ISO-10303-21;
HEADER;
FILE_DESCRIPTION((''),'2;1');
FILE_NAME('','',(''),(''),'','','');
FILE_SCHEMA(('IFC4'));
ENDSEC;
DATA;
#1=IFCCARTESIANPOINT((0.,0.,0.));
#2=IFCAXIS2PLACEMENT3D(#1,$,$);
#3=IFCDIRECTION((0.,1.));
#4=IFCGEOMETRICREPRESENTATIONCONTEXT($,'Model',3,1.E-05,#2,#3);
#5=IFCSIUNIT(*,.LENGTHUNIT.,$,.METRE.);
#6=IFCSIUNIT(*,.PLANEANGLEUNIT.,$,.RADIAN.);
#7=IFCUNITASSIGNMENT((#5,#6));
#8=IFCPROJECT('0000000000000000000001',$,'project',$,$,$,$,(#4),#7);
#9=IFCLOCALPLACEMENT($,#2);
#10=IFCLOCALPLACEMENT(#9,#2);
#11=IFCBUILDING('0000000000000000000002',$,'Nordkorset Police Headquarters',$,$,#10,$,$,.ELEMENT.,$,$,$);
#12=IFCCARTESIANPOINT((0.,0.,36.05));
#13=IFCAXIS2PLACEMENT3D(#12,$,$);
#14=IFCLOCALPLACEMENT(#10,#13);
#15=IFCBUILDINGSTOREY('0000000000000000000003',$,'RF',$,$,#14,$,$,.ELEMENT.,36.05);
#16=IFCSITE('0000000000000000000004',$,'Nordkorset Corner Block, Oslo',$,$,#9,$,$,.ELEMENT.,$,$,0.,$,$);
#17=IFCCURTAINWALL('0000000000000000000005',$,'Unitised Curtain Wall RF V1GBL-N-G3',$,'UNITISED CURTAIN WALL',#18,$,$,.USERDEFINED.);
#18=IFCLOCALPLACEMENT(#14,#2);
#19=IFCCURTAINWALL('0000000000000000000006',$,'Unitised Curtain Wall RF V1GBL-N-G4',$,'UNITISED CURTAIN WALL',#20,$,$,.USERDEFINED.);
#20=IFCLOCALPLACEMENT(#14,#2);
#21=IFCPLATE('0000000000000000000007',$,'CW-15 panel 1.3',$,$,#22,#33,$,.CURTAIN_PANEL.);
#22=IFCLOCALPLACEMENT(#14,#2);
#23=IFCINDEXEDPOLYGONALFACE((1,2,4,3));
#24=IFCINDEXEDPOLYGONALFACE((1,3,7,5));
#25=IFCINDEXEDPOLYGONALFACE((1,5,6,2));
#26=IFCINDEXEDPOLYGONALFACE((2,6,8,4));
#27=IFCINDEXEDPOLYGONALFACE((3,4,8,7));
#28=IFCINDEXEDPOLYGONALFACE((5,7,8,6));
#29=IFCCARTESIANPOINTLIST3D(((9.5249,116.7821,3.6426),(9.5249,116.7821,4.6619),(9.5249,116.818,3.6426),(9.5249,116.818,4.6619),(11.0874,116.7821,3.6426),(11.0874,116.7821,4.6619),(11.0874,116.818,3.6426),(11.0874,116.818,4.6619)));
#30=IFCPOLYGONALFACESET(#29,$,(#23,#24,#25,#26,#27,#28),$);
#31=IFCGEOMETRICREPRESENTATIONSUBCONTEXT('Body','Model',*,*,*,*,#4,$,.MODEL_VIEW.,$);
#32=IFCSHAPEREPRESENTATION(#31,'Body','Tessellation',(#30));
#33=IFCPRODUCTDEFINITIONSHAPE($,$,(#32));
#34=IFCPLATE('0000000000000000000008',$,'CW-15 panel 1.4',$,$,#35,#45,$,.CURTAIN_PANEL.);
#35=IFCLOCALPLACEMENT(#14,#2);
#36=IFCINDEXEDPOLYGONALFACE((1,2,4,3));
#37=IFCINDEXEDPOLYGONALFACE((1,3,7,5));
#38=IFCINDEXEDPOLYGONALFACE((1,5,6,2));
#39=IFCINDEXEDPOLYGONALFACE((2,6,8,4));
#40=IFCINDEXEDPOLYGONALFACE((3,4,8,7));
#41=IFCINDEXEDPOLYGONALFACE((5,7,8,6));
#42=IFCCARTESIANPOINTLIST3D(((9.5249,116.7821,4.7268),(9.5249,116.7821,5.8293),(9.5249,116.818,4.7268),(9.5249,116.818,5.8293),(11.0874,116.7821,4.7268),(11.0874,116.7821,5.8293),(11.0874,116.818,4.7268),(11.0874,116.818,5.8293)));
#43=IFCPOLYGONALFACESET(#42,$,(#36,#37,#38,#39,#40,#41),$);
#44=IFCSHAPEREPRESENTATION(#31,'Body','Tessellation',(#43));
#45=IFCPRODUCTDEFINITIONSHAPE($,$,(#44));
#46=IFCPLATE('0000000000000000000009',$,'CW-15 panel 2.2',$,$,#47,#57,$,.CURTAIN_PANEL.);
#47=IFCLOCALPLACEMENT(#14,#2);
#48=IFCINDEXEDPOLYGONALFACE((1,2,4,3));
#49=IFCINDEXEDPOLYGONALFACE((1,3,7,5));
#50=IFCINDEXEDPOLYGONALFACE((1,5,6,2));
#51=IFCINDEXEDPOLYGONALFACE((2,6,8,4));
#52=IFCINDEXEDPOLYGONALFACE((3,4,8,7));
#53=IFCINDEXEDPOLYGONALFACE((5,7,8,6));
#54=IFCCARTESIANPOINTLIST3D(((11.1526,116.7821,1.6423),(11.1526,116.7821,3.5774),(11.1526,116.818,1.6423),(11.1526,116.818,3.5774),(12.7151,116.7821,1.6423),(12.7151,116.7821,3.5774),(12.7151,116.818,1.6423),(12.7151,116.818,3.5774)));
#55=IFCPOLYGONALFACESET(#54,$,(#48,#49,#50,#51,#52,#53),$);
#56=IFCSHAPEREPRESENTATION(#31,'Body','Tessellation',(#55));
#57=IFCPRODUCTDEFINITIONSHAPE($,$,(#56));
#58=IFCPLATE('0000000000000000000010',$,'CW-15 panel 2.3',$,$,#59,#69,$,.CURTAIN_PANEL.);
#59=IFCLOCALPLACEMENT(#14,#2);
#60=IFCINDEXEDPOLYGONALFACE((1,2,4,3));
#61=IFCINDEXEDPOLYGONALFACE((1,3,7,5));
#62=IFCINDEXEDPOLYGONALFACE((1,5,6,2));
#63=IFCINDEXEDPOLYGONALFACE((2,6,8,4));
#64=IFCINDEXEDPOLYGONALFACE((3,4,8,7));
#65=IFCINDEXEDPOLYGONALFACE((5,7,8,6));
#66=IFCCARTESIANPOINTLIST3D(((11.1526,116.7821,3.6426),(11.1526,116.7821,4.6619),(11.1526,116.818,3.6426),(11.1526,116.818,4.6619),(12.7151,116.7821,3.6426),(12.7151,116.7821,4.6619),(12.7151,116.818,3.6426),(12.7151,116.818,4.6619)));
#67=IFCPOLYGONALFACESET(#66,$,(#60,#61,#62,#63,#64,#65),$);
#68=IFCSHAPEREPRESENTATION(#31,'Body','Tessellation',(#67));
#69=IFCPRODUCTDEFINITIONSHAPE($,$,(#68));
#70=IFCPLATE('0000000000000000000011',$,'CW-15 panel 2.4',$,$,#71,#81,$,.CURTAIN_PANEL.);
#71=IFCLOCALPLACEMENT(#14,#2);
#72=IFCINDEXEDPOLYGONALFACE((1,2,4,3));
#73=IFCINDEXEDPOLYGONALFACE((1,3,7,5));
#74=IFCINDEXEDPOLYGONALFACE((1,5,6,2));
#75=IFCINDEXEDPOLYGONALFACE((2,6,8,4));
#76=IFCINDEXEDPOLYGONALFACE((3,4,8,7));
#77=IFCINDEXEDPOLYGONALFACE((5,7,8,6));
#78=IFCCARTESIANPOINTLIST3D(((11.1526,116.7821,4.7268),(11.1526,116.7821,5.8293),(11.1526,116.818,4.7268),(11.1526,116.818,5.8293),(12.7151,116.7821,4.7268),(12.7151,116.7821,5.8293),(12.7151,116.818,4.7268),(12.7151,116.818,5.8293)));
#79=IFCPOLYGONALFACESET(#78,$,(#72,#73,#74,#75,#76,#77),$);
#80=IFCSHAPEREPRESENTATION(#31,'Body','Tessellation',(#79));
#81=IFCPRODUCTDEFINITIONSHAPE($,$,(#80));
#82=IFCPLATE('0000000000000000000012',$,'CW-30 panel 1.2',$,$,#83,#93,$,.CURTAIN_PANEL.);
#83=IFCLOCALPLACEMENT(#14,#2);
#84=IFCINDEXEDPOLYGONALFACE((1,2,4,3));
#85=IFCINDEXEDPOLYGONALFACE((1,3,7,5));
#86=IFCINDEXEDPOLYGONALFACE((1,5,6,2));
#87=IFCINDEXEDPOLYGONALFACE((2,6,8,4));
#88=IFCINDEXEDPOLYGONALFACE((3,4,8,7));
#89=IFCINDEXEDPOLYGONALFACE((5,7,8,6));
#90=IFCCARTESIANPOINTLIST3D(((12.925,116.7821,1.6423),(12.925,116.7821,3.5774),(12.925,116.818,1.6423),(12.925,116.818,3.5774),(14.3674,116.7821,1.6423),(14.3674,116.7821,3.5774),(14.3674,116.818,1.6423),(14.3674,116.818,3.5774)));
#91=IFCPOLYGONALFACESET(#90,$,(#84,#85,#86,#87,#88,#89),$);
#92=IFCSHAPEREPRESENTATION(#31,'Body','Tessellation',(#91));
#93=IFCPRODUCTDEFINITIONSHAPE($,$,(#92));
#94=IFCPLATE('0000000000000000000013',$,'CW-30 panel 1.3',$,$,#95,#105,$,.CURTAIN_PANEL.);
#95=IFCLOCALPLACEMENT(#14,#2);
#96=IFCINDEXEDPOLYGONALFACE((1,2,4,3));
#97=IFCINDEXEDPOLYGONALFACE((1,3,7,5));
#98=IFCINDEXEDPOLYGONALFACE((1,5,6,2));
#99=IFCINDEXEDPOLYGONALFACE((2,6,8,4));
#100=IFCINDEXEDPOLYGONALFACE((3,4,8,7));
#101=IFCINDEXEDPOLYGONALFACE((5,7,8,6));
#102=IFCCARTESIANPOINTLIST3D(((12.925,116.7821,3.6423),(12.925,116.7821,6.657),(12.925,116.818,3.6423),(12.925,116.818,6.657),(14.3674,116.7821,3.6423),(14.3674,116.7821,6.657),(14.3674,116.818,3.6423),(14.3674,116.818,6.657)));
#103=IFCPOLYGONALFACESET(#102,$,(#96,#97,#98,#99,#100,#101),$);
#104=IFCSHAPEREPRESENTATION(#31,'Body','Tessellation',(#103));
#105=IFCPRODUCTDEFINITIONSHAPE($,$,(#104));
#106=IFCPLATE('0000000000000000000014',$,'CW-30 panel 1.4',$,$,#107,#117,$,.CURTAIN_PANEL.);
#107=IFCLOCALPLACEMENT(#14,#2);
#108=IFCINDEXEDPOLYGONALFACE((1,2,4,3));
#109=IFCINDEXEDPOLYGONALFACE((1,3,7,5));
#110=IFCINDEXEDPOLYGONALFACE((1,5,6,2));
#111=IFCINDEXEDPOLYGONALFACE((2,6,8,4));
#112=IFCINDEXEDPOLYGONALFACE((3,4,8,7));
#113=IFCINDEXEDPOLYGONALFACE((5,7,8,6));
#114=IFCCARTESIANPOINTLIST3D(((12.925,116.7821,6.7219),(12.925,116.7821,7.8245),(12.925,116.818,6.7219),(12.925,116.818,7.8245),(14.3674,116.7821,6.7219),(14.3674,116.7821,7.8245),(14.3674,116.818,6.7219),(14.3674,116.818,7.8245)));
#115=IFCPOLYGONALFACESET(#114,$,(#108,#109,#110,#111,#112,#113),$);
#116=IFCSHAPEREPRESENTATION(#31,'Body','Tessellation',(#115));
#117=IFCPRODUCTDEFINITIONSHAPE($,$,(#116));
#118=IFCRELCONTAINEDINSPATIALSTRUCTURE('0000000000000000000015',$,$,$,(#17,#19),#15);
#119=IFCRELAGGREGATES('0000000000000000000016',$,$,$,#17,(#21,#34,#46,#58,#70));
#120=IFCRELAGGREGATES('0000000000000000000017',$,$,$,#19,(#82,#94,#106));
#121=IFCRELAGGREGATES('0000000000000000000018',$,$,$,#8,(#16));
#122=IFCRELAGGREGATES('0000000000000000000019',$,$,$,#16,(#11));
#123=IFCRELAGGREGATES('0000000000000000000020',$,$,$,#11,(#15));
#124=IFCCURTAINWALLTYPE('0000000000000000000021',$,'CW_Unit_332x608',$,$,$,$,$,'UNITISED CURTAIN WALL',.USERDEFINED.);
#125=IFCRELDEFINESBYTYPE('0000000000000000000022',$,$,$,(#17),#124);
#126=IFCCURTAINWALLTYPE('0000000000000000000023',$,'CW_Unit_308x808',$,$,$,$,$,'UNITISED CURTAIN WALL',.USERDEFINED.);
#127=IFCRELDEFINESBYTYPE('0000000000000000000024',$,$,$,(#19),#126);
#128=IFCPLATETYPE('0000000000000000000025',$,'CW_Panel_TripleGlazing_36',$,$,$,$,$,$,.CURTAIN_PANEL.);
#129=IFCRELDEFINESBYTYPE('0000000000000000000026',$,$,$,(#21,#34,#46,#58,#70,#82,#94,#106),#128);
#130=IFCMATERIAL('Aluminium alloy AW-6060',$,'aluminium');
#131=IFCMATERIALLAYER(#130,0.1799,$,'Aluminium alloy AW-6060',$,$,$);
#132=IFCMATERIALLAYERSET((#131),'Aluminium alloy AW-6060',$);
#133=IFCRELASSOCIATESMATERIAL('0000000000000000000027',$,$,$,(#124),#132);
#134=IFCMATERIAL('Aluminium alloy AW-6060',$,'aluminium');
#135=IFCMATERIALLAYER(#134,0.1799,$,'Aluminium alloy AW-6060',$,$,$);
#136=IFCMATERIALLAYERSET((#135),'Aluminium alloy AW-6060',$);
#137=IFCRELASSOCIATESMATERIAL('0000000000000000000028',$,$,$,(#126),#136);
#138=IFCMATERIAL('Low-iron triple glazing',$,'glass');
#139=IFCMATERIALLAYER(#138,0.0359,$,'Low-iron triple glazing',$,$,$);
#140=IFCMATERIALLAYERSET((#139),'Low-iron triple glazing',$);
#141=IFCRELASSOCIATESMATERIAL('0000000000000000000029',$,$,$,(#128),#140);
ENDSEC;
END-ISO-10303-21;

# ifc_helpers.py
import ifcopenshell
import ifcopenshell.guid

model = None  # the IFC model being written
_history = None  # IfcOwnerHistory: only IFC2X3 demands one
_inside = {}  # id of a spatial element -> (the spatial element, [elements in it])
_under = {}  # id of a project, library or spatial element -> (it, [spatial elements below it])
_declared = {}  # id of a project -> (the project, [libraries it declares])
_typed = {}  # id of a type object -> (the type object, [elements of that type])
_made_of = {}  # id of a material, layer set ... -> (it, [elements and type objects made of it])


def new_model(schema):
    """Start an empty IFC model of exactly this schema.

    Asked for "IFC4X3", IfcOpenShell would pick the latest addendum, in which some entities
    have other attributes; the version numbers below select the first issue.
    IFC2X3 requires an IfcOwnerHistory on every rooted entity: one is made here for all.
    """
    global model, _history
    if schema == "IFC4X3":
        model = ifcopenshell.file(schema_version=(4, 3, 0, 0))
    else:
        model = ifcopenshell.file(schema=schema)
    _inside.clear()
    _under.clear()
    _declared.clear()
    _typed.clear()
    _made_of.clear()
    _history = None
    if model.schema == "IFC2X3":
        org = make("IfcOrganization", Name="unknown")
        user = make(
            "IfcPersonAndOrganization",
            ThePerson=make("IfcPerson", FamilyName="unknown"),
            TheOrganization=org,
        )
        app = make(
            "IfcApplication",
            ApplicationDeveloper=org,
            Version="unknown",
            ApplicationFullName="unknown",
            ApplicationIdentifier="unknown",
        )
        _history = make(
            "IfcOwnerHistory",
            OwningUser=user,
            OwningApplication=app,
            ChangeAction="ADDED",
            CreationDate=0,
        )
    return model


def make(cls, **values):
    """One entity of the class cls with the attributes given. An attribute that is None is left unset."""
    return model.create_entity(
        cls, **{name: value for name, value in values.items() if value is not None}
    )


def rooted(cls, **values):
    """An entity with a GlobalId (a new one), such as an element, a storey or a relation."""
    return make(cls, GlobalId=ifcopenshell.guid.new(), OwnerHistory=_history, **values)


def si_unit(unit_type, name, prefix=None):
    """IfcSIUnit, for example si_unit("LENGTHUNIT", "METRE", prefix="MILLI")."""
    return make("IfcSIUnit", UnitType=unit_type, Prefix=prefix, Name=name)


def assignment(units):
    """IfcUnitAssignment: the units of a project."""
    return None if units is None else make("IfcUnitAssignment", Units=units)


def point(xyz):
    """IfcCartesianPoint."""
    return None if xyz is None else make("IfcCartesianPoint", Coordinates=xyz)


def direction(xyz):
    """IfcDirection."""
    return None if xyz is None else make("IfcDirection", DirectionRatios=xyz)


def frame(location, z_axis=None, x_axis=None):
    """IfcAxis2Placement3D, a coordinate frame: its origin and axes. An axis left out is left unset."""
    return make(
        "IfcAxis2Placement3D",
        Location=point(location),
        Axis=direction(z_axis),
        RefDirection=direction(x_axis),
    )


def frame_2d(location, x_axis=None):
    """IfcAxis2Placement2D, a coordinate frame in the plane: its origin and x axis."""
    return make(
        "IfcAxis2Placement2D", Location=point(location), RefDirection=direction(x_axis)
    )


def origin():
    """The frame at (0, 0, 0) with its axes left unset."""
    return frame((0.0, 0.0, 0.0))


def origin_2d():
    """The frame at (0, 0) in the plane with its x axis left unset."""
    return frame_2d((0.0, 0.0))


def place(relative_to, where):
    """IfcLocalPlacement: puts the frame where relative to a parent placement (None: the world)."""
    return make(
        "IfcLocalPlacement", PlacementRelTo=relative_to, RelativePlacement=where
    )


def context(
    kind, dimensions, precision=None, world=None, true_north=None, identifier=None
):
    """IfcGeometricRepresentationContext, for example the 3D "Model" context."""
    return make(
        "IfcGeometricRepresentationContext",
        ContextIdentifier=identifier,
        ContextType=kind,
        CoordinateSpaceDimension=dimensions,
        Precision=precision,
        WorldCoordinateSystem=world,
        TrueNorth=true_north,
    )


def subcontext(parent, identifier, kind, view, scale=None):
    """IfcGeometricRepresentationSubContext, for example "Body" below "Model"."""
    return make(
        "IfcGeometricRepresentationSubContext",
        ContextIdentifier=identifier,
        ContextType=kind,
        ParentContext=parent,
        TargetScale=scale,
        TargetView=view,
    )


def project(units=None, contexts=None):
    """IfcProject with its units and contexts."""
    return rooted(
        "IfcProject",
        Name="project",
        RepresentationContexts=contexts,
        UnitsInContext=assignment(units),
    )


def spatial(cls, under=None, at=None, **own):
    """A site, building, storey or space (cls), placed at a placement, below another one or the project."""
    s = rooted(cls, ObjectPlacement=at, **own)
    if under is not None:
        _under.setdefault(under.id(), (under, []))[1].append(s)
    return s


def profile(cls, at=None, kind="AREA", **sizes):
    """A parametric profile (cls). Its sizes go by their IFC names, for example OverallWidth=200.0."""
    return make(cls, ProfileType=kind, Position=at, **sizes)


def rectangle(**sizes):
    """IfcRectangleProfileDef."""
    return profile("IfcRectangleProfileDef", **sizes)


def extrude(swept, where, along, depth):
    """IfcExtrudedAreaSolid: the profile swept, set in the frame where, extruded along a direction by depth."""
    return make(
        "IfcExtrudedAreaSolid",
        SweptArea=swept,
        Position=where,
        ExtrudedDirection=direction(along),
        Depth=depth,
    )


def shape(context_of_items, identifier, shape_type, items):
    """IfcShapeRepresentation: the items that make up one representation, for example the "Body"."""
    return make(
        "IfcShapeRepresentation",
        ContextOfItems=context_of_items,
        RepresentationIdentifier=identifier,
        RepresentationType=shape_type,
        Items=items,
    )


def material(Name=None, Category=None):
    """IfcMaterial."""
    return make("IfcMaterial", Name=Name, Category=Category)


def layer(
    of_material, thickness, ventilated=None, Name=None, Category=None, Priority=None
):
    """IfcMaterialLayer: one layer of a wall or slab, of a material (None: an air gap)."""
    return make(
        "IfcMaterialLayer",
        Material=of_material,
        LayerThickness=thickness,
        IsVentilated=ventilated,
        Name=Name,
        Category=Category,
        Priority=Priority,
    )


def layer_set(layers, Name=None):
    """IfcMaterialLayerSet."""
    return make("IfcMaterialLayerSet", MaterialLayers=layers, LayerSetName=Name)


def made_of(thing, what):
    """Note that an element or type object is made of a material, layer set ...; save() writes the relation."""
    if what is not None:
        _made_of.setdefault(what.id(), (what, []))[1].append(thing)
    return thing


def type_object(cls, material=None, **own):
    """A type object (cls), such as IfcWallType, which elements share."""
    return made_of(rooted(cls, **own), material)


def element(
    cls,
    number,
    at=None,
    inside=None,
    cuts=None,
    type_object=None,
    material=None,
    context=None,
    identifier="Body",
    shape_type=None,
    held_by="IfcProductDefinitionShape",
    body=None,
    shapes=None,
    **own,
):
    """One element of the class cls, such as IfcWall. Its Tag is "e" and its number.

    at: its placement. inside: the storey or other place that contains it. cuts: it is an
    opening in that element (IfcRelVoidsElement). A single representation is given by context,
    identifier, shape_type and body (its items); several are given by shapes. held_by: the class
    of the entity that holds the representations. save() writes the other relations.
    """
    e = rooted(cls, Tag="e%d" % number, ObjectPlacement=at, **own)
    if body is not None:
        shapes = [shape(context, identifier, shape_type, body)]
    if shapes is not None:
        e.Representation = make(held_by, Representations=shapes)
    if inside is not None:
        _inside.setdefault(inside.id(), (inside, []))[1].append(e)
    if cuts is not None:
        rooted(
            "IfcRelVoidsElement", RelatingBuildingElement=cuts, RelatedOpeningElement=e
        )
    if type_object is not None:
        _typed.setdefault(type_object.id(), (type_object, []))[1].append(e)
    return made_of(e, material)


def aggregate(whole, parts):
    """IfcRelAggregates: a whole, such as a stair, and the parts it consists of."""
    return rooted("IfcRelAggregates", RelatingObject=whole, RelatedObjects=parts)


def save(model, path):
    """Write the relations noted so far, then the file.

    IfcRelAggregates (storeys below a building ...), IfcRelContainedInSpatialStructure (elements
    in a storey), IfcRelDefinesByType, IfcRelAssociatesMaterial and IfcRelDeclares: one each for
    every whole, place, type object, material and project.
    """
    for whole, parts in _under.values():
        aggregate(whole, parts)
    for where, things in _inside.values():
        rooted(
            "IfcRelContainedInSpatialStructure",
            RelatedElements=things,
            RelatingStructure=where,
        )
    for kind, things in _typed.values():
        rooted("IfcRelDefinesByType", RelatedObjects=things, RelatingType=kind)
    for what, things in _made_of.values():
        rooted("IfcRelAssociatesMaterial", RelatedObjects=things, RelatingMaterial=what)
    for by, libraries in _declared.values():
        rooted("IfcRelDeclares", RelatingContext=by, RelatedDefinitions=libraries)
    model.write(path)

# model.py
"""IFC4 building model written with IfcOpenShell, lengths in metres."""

from ifc_helpers import new_model, si_unit, direction, frame, origin, origin_2d, place, context, subcontext, project, spatial, rectangle, extrude, material, layer, layer_set, type_object, element, aggregate, save


model = new_model("IFC4")

# Units and contexts
model_context = context("Model", 3, precision=1e-05, world=origin(), true_north=direction((0.0, 1.0)))
body_context = subcontext(model_context, "Body", "Model", "MODEL_VIEW")
ifc_project = project(units=[si_unit("LENGTHUNIT", "METRE"), si_unit("PLANEANGLEUNIT", "RADIAN")], contexts=[model_context])

# Site, building, storey
site_placement = place(None, origin())
site = spatial("IfcSite", under=ifc_project, at=site_placement, Name="Nordkorset Corner Block, Oslo", CompositionType="ELEMENT", RefElevation=0.0)
building_placement = place(site_placement, origin())
building = spatial("IfcBuilding", under=site, at=building_placement, Name="Nordkorset Police Headquarters", CompositionType="ELEMENT")
storey_placement = place(building_placement, frame((0.0, 0.0, 36.05)))
storey = spatial("IfcBuildingStorey", under=building, at=storey_placement, Name="RF", CompositionType="ELEMENT", Elevation=36.05)

# Curtain walls
ifc_material_1 = material(Name="Aluminium alloy AW-6060", Category="aluminium")
ifc_layer_1 = layer(ifc_material_1, 0.1799, Name="Aluminium alloy AW-6060")
ifc_layer_set_1 = layer_set([ifc_layer_1], Name="Aluminium alloy AW-6060")
curtain_wall_type_1 = type_object("IfcCurtainWallType", Name="CW_Unit_332x608", ElementType="UNITISED CURTAIN WALL", PredefinedType="USERDEFINED", material=ifc_layer_set_1)
curtain_wall_1_placement = place(storey_placement, origin())
curtain_wall_1 = element("IfcCurtainWall", 1, at=curtain_wall_1_placement, inside=storey, type_object=curtain_wall_type_1, Name="Unitised Curtain Wall RF V1GBL-N-G3", ObjectType="UNITISED CURTAIN WALL", PredefinedType="USERDEFINED")
ifc_material_2 = material(Name="Aluminium alloy AW-6060", Category="aluminium")
ifc_layer_2 = layer(ifc_material_2, 0.1799, Name="Aluminium alloy AW-6060")
ifc_layer_set_2 = layer_set([ifc_layer_2], Name="Aluminium alloy AW-6060")
curtain_wall_type_2 = type_object("IfcCurtainWallType", Name="CW_Unit_308x808", ElementType="UNITISED CURTAIN WALL", PredefinedType="USERDEFINED", material=ifc_layer_set_2)
curtain_wall_2_placement = place(storey_placement, origin())
curtain_wall_2 = element("IfcCurtainWall", 2, at=curtain_wall_2_placement, inside=storey, type_object=curtain_wall_type_2, Name="Unitised Curtain Wall RF V1GBL-N-G4", ObjectType="UNITISED CURTAIN WALL", PredefinedType="USERDEFINED")

# Plates
ifc_material_3 = material(Name="Low-iron triple glazing", Category="glass")
ifc_layer_3 = layer(ifc_material_3, 0.0359, Name="Low-iron triple glazing")
ifc_layer_set_3 = layer_set([ifc_layer_3], Name="Low-iron triple glazing")
plate_type = type_object("IfcPlateType", Name="CW_Panel_TripleGlazing_36", PredefinedType="CURTAIN_PANEL", material=ifc_layer_set_3)
plate_1_placement = place(storey_placement, frame((10.3062, 116.8, 3.6426), z_axis=(0.0, 0.0, 1.0), x_axis=(1.0, 0.0, 0.0)))
plate_1 = element("IfcPlate", 3, at=plate_1_placement, type_object=plate_type, Name="CW-15 panel 1.3", PredefinedType="CURTAIN_PANEL", context=body_context, shape_type="SweptSolid", body=[
    extrude(rectangle(XDim=1.5625, YDim=0.0359, at=origin_2d()), origin(), (0.0, 0.0, 1.0), 1.0193),
])
plate_2_placement = place(storey_placement, frame((10.3062, 116.8, 4.7268), z_axis=(0.0, 0.0, 1.0), x_axis=(1.0, 0.0, 0.0)))
plate_2 = element("IfcPlate", 4, at=plate_2_placement, type_object=plate_type, Name="CW-15 panel 1.4", PredefinedType="CURTAIN_PANEL", context=body_context, shape_type="SweptSolid", body=[
    extrude(rectangle(XDim=1.5625, YDim=0.0359, at=origin_2d()), origin(), (0.0, 0.0, 1.0), 1.1025),
])
plate_3_placement = place(storey_placement, frame((11.9338, 116.8, 1.6423), z_axis=(0.0, 0.0, 1.0), x_axis=(1.0, 0.0, 0.0)))
plate_3 = element("IfcPlate", 5, at=plate_3_placement, type_object=plate_type, Name="CW-15 panel 2.2", PredefinedType="CURTAIN_PANEL", context=body_context, shape_type="SweptSolid", body=[
    extrude(rectangle(XDim=1.5625, YDim=0.0359, at=origin_2d()), origin(), (0.0, 0.0, 1.0), 1.9351),
])
plate_4_placement = place(storey_placement, frame((11.9338, 116.8, 3.6426), z_axis=(0.0, 0.0, 1.0), x_axis=(1.0, 0.0, 0.0)))
plate_4 = element("IfcPlate", 6, at=plate_4_placement, type_object=plate_type, Name="CW-15 panel 2.3", PredefinedType="CURTAIN_PANEL", context=body_context, shape_type="SweptSolid", body=[
    extrude(rectangle(XDim=1.5625, YDim=0.0359, at=origin_2d()), origin(), (0.0, 0.0, 1.0), 1.0193),
])
plate_5_placement = place(storey_placement, frame((11.9338, 116.8, 4.7268), z_axis=(0.0, 0.0, 1.0), x_axis=(1.0, 0.0, 0.0)))
plate_5 = element("IfcPlate", 7, at=plate_5_placement, type_object=plate_type, Name="CW-15 panel 2.4", PredefinedType="CURTAIN_PANEL", context=body_context, shape_type="SweptSolid", body=[
    extrude(rectangle(XDim=1.5625, YDim=0.0359, at=origin_2d()), origin(), (0.0, 0.0, 1.0), 1.1025),
])
aggregate(curtain_wall_1, [plate_1, plate_2, plate_3, plate_4, plate_5])
plate_6_placement = place(storey_placement, frame((13.6462, 116.8, 1.6423), z_axis=(0.0, 0.0, 1.0), x_axis=(1.0, 0.0, 0.0)))
plate_6 = element("IfcPlate", 8, at=plate_6_placement, type_object=plate_type, Name="CW-30 panel 1.2", PredefinedType="CURTAIN_PANEL", context=body_context, shape_type="SweptSolid", body=[
    extrude(rectangle(XDim=1.4424, YDim=0.0359, at=origin_2d()), origin(), (0.0, 0.0, 1.0), 1.9351),
])
plate_7_placement = place(storey_placement, frame((13.6462, 116.8, 3.6423), z_axis=(0.0, 0.0, 1.0), x_axis=(1.0, 0.0, 0.0)))
plate_7 = element("IfcPlate", 9, at=plate_7_placement, type_object=plate_type, Name="CW-30 panel 1.3", PredefinedType="CURTAIN_PANEL", context=body_context, shape_type="SweptSolid", body=[
    extrude(rectangle(XDim=1.4424, YDim=0.0359, at=origin_2d()), origin(), (0.0, 0.0, 1.0), 3.0146),
])
plate_8_placement = place(storey_placement, frame((13.6462, 116.8, 6.7219), z_axis=(0.0, 0.0, 1.0), x_axis=(1.0, 0.0, 0.0)))
plate_8 = element("IfcPlate", 10, at=plate_8_placement, type_object=plate_type, Name="CW-30 panel 1.4", PredefinedType="CURTAIN_PANEL", context=body_context, shape_type="SweptSolid", body=[
    extrude(rectangle(XDim=1.4424, YDim=0.0359, at=origin_2d()), origin(), (0.0, 0.0, 1.0), 1.1025),
])
aggregate(curtain_wall_2, [plate_6, plate_7, plate_8])

save(model, "model.ifc")
